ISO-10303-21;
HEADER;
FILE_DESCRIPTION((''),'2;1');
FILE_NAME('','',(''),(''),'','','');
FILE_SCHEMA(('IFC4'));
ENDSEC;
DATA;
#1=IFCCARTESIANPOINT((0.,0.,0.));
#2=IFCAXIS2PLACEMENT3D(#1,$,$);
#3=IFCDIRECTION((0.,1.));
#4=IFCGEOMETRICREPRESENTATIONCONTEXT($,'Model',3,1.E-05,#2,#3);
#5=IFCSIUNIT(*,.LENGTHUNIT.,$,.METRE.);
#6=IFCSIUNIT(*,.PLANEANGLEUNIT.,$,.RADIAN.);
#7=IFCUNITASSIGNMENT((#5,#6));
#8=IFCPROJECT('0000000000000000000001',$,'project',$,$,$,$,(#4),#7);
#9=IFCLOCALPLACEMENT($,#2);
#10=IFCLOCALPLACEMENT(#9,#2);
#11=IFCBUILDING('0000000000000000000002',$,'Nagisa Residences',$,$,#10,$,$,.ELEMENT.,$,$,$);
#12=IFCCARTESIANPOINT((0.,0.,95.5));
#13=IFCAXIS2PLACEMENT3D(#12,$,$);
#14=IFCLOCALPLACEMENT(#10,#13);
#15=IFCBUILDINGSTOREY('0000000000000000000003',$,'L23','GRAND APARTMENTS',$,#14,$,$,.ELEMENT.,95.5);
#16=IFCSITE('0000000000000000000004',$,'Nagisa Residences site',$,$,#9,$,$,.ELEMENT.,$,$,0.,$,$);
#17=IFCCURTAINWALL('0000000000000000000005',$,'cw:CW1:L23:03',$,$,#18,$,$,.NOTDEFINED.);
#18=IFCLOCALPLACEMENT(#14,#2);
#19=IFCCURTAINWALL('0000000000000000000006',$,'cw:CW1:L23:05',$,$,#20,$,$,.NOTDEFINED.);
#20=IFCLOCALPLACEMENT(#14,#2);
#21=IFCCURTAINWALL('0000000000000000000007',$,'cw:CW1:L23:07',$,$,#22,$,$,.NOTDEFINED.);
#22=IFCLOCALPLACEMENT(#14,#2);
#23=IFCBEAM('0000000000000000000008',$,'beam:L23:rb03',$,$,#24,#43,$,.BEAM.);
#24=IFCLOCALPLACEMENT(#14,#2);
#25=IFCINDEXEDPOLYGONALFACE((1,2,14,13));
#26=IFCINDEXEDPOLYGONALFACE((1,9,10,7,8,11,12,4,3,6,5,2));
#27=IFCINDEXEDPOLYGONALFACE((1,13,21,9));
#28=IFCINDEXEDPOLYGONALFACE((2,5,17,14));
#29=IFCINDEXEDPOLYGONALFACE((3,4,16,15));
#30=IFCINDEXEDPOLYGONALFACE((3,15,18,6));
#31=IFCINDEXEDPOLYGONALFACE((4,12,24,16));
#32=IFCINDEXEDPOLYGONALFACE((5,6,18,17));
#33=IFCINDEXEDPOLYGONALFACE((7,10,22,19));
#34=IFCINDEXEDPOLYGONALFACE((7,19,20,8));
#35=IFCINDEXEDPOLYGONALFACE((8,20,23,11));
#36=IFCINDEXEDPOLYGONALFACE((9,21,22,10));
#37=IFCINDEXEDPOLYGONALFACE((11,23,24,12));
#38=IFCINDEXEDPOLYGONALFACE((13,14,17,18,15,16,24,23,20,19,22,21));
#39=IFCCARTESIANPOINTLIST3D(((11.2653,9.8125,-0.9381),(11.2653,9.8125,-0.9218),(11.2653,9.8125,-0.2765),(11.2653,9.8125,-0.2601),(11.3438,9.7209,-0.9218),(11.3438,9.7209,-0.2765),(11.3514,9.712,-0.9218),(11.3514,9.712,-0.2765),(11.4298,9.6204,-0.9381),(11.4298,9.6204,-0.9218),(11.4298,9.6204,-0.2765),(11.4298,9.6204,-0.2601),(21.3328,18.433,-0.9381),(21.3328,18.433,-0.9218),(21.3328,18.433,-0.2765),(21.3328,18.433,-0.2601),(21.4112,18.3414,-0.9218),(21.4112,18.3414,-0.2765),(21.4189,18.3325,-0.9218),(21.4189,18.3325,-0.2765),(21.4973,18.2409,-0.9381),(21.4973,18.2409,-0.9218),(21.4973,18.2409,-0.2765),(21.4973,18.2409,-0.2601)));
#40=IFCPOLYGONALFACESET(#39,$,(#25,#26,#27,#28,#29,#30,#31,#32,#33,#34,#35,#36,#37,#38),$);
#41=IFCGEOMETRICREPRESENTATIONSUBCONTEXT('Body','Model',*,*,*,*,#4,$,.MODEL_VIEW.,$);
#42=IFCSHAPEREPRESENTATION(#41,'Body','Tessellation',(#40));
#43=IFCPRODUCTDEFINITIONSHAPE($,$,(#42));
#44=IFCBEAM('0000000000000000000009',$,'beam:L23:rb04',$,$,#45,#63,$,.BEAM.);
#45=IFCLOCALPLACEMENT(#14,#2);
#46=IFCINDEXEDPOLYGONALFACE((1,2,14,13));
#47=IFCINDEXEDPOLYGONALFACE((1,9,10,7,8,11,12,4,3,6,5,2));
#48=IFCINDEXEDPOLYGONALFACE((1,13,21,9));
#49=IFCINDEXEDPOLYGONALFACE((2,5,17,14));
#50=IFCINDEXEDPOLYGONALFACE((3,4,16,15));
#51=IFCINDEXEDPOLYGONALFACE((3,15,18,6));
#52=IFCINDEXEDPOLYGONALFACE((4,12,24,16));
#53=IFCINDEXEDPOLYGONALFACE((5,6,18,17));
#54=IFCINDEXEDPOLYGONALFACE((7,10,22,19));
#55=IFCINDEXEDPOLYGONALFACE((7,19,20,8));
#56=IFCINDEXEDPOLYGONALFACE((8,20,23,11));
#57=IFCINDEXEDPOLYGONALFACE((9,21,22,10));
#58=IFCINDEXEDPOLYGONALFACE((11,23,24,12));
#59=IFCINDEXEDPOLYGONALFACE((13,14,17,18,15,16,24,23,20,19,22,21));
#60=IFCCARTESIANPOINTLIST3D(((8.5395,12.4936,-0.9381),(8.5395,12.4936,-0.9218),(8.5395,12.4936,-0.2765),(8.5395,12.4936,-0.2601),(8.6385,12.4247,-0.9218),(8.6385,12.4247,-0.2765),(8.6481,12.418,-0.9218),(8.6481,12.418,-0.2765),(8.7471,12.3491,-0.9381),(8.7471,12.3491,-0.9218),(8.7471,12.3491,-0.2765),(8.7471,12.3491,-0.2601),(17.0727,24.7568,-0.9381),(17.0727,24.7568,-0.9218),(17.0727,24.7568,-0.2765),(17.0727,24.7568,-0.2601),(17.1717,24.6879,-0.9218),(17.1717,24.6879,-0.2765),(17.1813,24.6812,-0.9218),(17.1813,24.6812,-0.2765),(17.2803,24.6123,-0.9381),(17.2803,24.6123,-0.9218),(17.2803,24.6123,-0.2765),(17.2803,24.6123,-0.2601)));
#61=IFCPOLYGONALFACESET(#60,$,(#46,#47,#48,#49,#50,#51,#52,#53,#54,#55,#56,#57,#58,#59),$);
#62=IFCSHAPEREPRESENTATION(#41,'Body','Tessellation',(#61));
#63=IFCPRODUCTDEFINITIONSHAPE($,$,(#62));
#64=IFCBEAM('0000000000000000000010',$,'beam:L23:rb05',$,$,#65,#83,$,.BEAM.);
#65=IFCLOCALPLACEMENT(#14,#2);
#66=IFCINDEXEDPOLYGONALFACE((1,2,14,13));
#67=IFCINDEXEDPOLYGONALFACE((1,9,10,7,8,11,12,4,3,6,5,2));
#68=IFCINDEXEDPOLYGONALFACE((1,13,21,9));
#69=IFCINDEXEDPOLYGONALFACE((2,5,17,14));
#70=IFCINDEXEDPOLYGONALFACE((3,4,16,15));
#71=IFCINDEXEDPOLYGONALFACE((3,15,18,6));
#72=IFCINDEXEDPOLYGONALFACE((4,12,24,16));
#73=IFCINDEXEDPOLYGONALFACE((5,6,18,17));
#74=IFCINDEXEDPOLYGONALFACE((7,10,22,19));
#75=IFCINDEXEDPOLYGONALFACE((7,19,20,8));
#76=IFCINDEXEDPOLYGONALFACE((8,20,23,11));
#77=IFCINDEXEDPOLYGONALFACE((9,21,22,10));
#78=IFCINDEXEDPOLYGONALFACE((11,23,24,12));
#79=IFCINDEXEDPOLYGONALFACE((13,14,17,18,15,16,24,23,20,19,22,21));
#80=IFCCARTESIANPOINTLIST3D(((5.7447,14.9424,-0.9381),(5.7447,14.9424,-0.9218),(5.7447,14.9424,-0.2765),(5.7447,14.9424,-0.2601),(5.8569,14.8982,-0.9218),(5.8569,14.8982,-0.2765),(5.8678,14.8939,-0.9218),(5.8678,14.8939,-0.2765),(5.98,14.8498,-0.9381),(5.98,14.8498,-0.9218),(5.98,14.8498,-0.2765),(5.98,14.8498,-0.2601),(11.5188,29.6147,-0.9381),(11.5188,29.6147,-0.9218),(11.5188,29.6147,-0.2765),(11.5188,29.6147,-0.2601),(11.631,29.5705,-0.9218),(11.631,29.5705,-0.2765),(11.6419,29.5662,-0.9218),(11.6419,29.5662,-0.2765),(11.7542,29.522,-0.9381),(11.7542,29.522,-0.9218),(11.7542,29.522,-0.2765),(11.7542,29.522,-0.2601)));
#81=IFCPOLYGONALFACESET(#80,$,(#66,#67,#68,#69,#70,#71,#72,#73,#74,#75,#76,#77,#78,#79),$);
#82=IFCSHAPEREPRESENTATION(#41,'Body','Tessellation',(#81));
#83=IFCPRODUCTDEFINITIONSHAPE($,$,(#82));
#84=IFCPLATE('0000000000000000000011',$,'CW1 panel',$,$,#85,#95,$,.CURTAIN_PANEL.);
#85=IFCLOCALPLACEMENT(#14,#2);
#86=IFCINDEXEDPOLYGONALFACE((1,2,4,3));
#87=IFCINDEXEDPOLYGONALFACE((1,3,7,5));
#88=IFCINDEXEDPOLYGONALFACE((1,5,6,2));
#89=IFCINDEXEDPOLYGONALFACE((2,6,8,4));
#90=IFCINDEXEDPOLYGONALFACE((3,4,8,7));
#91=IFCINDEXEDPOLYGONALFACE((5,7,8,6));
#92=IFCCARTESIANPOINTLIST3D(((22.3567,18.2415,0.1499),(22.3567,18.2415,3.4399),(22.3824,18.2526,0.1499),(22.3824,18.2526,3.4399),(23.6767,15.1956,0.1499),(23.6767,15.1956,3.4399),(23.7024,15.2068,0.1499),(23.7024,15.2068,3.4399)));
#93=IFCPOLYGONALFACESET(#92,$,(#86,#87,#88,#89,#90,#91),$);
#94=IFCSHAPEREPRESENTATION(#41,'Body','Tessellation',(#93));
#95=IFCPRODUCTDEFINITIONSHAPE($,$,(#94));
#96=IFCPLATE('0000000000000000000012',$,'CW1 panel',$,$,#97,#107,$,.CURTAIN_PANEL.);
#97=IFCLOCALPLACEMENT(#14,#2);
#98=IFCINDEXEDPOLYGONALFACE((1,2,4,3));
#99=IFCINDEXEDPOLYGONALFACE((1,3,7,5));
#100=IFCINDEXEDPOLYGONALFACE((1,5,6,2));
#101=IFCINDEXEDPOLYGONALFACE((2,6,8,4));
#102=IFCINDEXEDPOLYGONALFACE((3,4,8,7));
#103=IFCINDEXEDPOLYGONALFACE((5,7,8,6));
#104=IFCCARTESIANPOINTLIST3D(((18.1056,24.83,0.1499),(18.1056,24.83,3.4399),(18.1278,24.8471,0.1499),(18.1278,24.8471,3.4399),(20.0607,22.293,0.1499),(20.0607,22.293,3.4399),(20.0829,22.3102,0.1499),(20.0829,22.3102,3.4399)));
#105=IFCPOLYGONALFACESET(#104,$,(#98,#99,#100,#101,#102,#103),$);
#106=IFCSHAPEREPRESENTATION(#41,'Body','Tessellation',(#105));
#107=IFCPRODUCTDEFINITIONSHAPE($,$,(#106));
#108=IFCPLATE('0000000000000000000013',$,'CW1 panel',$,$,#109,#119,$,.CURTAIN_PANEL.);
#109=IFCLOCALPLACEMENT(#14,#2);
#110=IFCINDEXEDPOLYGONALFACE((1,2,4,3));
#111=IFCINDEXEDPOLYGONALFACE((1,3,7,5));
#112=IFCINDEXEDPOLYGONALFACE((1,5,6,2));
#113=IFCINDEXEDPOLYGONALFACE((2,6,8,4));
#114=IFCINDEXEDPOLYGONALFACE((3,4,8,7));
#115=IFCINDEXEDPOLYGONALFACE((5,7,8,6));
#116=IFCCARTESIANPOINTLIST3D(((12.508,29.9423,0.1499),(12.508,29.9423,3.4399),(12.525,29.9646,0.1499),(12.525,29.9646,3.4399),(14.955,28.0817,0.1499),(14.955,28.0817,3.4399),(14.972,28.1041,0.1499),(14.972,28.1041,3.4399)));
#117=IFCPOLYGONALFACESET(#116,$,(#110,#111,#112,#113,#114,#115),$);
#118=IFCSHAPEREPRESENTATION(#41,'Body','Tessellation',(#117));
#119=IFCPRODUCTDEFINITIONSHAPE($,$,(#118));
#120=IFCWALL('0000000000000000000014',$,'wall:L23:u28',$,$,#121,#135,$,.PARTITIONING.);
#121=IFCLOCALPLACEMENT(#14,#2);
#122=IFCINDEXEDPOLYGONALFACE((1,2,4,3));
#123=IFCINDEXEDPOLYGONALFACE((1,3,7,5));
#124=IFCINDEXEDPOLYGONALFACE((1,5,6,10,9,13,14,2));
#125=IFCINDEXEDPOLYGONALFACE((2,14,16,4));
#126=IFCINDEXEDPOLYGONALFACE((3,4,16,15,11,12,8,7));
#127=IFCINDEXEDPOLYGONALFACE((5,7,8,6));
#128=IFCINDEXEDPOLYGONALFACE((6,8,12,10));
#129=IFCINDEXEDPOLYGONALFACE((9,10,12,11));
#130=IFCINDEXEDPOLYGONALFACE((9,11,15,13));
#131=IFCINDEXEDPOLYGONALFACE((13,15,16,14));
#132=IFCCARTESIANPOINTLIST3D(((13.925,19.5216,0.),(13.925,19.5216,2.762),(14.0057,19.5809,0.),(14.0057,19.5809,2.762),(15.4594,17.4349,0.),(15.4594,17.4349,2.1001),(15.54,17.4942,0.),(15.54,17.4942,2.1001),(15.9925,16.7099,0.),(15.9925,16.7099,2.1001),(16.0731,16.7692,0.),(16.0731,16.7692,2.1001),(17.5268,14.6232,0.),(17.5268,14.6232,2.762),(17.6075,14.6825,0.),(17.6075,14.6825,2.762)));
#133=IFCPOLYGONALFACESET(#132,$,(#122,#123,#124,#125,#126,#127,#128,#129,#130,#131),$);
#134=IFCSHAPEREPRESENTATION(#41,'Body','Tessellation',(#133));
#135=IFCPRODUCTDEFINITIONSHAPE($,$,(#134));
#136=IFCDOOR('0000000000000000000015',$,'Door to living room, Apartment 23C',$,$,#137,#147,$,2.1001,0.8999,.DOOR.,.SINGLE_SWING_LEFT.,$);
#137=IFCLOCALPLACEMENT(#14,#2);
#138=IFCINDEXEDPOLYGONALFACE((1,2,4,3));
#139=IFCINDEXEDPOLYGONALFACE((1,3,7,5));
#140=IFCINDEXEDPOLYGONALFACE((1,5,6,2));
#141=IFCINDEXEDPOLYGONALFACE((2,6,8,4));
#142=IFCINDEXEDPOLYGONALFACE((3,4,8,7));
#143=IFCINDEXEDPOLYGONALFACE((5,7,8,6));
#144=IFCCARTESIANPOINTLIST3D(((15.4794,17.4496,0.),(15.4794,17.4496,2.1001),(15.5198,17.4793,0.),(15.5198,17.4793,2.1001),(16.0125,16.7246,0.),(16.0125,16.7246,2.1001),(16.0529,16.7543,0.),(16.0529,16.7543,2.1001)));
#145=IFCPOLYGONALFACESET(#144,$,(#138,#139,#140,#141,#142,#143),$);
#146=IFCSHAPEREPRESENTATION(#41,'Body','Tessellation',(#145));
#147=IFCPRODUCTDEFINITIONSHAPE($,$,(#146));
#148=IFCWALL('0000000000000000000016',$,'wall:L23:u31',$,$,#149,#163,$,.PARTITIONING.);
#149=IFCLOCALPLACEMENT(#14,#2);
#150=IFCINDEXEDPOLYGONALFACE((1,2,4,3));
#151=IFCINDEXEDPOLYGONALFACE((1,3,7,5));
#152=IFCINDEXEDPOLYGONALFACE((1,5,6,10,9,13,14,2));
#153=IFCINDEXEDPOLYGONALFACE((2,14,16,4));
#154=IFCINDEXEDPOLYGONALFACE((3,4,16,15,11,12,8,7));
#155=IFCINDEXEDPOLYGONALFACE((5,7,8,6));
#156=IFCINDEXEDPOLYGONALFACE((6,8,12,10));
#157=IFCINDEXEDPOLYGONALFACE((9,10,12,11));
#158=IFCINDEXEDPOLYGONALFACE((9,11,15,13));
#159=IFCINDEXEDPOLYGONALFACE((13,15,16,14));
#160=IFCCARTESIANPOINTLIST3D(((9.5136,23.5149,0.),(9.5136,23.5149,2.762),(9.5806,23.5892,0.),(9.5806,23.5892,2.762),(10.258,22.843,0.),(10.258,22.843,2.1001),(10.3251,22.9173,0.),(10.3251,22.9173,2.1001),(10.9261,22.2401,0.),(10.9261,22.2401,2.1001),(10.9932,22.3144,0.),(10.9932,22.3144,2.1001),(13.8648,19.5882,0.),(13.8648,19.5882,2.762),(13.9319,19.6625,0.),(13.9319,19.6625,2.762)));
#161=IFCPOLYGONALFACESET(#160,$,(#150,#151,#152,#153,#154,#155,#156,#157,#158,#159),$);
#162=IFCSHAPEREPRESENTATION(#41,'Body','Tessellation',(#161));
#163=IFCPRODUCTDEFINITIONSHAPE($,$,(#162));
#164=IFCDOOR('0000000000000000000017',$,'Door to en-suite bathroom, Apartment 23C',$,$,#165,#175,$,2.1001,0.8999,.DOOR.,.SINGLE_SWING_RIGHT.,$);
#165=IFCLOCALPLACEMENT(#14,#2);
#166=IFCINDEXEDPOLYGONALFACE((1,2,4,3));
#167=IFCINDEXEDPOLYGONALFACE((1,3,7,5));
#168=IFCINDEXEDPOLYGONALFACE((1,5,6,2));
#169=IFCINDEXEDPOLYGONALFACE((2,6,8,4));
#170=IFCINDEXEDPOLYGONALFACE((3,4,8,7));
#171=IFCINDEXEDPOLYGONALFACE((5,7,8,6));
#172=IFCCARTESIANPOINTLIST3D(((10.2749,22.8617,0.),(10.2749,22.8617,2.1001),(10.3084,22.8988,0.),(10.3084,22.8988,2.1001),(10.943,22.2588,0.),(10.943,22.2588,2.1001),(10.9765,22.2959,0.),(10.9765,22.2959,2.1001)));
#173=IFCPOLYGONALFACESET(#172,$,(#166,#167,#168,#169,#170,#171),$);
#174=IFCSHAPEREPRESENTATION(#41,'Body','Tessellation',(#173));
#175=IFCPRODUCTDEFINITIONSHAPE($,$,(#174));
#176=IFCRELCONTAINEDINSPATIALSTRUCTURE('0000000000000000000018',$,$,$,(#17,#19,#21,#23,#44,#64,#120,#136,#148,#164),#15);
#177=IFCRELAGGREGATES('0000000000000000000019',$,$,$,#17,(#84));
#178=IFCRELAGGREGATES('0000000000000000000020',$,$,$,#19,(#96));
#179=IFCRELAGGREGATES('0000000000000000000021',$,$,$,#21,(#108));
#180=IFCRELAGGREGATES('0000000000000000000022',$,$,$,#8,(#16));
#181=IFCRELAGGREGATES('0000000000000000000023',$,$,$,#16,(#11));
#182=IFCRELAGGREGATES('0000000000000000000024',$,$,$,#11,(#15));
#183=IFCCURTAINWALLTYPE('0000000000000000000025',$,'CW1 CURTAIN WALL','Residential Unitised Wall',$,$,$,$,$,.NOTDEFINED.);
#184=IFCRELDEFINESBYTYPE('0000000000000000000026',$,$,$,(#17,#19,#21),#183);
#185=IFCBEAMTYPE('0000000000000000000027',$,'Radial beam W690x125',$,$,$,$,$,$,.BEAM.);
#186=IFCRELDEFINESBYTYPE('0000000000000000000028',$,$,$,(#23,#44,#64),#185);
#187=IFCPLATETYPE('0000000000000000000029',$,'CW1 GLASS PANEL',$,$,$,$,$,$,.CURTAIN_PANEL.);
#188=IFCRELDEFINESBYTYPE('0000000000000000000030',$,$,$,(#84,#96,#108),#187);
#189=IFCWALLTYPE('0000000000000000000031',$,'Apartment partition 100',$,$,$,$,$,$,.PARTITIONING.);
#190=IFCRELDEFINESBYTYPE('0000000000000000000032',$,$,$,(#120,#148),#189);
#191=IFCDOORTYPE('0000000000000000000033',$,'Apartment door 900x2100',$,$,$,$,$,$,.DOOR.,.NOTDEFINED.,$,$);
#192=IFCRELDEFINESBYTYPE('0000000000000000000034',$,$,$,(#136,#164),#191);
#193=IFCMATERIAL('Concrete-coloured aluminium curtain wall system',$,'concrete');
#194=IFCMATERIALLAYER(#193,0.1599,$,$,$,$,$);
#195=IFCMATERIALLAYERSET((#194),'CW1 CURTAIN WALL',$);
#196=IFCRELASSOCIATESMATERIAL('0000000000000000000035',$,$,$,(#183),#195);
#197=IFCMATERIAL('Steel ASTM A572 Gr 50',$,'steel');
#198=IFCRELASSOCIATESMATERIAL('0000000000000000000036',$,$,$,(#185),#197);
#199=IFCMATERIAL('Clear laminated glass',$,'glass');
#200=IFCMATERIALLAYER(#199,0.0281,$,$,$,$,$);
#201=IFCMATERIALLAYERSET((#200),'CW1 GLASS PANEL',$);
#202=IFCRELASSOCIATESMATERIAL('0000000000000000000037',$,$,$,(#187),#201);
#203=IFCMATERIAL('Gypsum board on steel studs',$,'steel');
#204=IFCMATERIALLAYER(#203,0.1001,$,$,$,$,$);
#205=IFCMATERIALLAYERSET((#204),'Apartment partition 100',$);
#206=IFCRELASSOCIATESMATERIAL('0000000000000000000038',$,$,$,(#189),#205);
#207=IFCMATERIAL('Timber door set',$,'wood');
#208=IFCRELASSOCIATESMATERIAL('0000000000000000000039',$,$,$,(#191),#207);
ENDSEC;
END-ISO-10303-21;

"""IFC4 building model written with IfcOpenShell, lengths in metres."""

from ifc_helpers import new_model, si_unit, direction, frame, frame_2d, origin, origin_2d, place, context, subcontext, project, spatial, rectangle, i_section, extrude, material, layer, layer_set, material_profile, profile_set, type_object, element, fill, aggregate, save


model = new_model("IFC4")

# Units and contexts
model_context = context("Model", 3, precision=1e-05, world=origin(), true_north=direction((0.0, 1.0)))
body_context = subcontext(model_context, "Body", "Model", "MODEL_VIEW")
ifc_project = project(units=[si_unit("LENGTHUNIT", "METRE"), si_unit("PLANEANGLEUNIT", "RADIAN")], contexts=[model_context])

# Site, building, storey
site_placement = place(None, origin())
site = spatial("IfcSite", under=ifc_project, at=site_placement, Name="Nagisa Residences site", CompositionType="ELEMENT", RefElevation=0.0)
building_placement = place(site_placement, origin())
building = spatial("IfcBuilding", under=site, at=building_placement, Name="Nagisa Residences", CompositionType="ELEMENT")
storey_placement = place(building_placement, frame((0.0, 0.0, 95.5)))
storey = spatial("IfcBuildingStorey", under=building, at=storey_placement, Name="L23", Description="GRAND APARTMENTS", CompositionType="ELEMENT", Elevation=95.5)

# Curtain walls
ifc_material_1 = material(Name="Concrete-coloured aluminium curtain wall system", Category="concrete")
ifc_layer_1 = layer(ifc_material_1, 0.1599)
ifc_layer_set_1 = layer_set([ifc_layer_1], Name="CW1 CURTAIN WALL")
curtain_wall_type = type_object("IfcCurtainWallType", Name="CW1 CURTAIN WALL", Description="Residential Unitised Wall", PredefinedType="NOTDEFINED", material=ifc_layer_set_1)
curtain_wall_1_placement = place(storey_placement, origin())
curtain_wall_1 = element("IfcCurtainWall", 1, at=curtain_wall_1_placement, inside=storey, type_object=curtain_wall_type, Name="cw:CW1:L23:03", PredefinedType="NOTDEFINED")
curtain_wall_2_placement = place(storey_placement, origin())
curtain_wall_2 = element("IfcCurtainWall", 2, at=curtain_wall_2_placement, inside=storey, type_object=curtain_wall_type, Name="cw:CW1:L23:05", PredefinedType="NOTDEFINED")
curtain_wall_3_placement = place(storey_placement, origin())
curtain_wall_3 = element("IfcCurtainWall", 3, at=curtain_wall_3_placement, inside=storey, type_object=curtain_wall_type, Name="cw:CW1:L23:07", PredefinedType="NOTDEFINED")

# Beams
ifc_material_2 = material(Name="Steel ASTM A572 Gr 50", Category="steel")
ifc_material_profile_1 = material_profile(ifc_material_2, i_section(OverallWidth=0.2529, OverallDepth=0.678, WebThickness=0.0117, FlangeThickness=0.0164, at=origin_2d()), Name="W690x125")
ifc_profile_set_1 = profile_set([ifc_material_profile_1], Name="Steel ASTM A572 Gr 50")
beam_type_1 = type_object("IfcBeamType", Name="Radial beam W690x125", PredefinedType="BEAM", material=ifc_profile_set_1)
beam_1_placement = place(storey_placement, frame((21.415, 18.3369, -0.5991), z_axis=(-0.759585, -0.650407, 0.0), x_axis=(0.650407, -0.759585, 0.0)))
element("IfcBeam", 4, at=beam_1_placement, inside=storey, type_object=beam_type_1, Name="beam:L23:rb03", PredefinedType="BEAM", context=body_context, shape_type="SweptSolid", body=[
    extrude(i_section(OverallWidth=0.2529, OverallDepth=0.678, WebThickness=0.0117, FlangeThickness=0.0164, at=origin_2d()), origin(), (0.0, 0.0, 1.0), 13.2539),
])
beam_2_placement = place(storey_placement, frame((17.1765, 24.6846, -0.5991), z_axis=(-0.571168, -0.820833, 0.0), x_axis=(0.820833, -0.571168, 0.0)))
element("IfcBeam", 5, at=beam_2_placement, inside=storey, type_object=beam_type_1, Name="beam:L23:rb04", PredefinedType="BEAM", context=body_context, shape_type="SweptSolid", body=[
    extrude(i_section(OverallWidth=0.2529, OverallDepth=0.678, WebThickness=0.0117, FlangeThickness=0.0164, at=origin_2d()), origin(), (0.0, 0.0, 1.0), 14.9399),
])
beam_3_placement = place(storey_placement, frame((11.6365, 29.5684, -0.5991), z_axis=(-0.366203, -0.930535, 0.0), x_axis=(0.930535, -0.366203, 0.0)))
element("IfcBeam", 6, at=beam_3_placement, inside=storey, type_object=beam_type_1, Name="beam:L23:rb05", PredefinedType="BEAM", context=body_context, shape_type="SweptSolid", body=[
    extrude(i_section(OverallWidth=0.2529, OverallDepth=0.678, WebThickness=0.0117, FlangeThickness=0.0164, at=origin_2d()), origin(), (0.0, 0.0, 1.0), 15.7676),
])

# Plates
ifc_material_3 = material(Name="Clear laminated glass", Category="glass")
ifc_layer_2 = layer(ifc_material_3, 0.0281)
ifc_layer_set_2 = layer_set([ifc_layer_2], Name="CW1 GLASS PANEL")
plate_type = type_object("IfcPlateType", Name="CW1 GLASS PANEL", PredefinedType="CURTAIN_PANEL", material=ifc_layer_set_2)
plate_1_placement = place(storey_placement, frame((23.0295, 16.7241, 0.1499), z_axis=(0.0, 0.0, 1.0), x_axis=(-0.397636, 0.917543, 0.0)))
plate_1 = element("IfcPlate", 7, at=plate_1_placement, type_object=plate_type, Name="CW1 panel", PredefinedType="CURTAIN_PANEL", context=body_context, shape_type="SweptSolid", body=[
    extrude(rectangle(XDim=3.3196, YDim=0.0281, at=origin_2d()), origin(), (0.0, 0.0, 1.0), 3.29),
])
aggregate(curtain_wall_1, [plate_1])
plate_2_placement = place(storey_placement, frame((19.0942, 23.5701, 0.1499), z_axis=(0.0, 0.0, 1.0), x_axis=(-0.61043, 0.79207, 0.0)))
plate_2 = element("IfcPlate", 8, at=plate_2_placement, type_object=plate_type, Name="CW1 panel", PredefinedType="CURTAIN_PANEL", context=body_context, shape_type="SweptSolid", body=[
    extrude(rectangle(XDim=3.2029, YDim=0.0281, at=origin_2d()), origin(), (0.0, 0.0, 1.0), 3.29),
])
aggregate(curtain_wall_2, [plate_2])
plate_3_placement = place(storey_placement, frame((13.74, 29.0232, 0.1499), z_axis=(0.0, 0.0, 1.0), x_axis=(-0.796031, 0.605255, 0.0)))
plate_3 = element("IfcPlate", 9, at=plate_3_placement, type_object=plate_type, Name="CW1 panel", PredefinedType="CURTAIN_PANEL", context=body_context, shape_type="SweptSolid", body=[
    extrude(rectangle(XDim=3.074, YDim=0.0281, at=origin_2d()), origin(), (0.0, 0.0, 1.0), 3.29),
])
aggregate(curtain_wall_3, [plate_3])

# Walls, openings, doors
ifc_material_4 = material(Name="Gypsum board on steel studs", Category="steel")
ifc_layer_3 = layer(ifc_material_4, 0.1001)
ifc_layer_set_3 = layer_set([ifc_layer_3], Name="Apartment partition 100")
wall_type_1 = type_object("IfcWallType", Name="Apartment partition 100", PredefinedType="PARTITIONING", material=ifc_layer_set_3)
wall_1_placement = place(storey_placement, frame((17.5671, 14.6528, 0.0), z_axis=(0.0, 0.0, 1.0), x_axis=(-0.592392, 0.80565, 0.0)))
wall_1 = element("IfcWall", 10, at=wall_1_placement, inside=storey, type_object=wall_type_1, Name="wall:L23:u28", PredefinedType="PARTITIONING", context=body_context, shape_type="SweptSolid", body=[
    extrude(rectangle(XDim=6.0801, YDim=0.1001, at=frame_2d((3.04, 0.0))), origin(), (0.0, 0.0, 1.0), 2.762),
])
opening_1_placement = place(wall_1_placement, frame((2.5901, 0.0, 0.0)))
opening_1 = element("IfcOpeningElement", 11, at=opening_1_placement, cuts=wall_1, PredefinedType="OPENING", context=body_context, shape_type="SweptSolid", body=[
    extrude(rectangle(XDim=0.8999, YDim=2.1001, at=frame_2d((0.45, 1.05))), frame((0.0, 0.0601, 0.0), z_axis=(0.0, -1.0, 0.0), x_axis=(1.0, 0.0, 0.0)), (0.0, 0.0, 1.0), 0.1201),
])
ifc_material_5 = material(Name="Timber door set", Category="wood")
door_type_1 = type_object("IfcDoorType", Name="Apartment door 900x2100", OperationType="NOTDEFINED", PredefinedType="DOOR", material=ifc_material_5)
door_1_placement = place(opening_1_placement, frame((0.8999, 0.0, 0.0), x_axis=(-1.0, 0.0, 0.0)))
door_1 = element("IfcDoor", 12, at=door_1_placement, inside=storey, type_object=door_type_1, Name="Door to living room, Apartment 23C", OperationType="SINGLE_SWING_LEFT", OverallHeight=2.1001, OverallWidth=0.8999, PredefinedType="DOOR", context=body_context, shape_type="SweptSolid", body=[
    extrude(rectangle(XDim=0.8999, YDim=2.1001, at=frame_2d((0.45, 1.05))), frame((0.0, 0.0249, 0.0), z_axis=(0.0, -1.0, 0.0), x_axis=(1.0, 0.0, 0.0)), (0.0, 0.0, 1.0), 0.05),
])
fill(opening_1, door_1)
wall_2_placement = place(storey_placement, frame((13.8984, 19.6252, 0.0), z_axis=(0.0, 0.0, 1.0), x_axis=(-0.742397, 0.669961, 0.0)))
wall_2 = element("IfcWall", 13, at=wall_2_placement, inside=storey, type_object=wall_type_1, Name="wall:L23:u31", PredefinedType="PARTITIONING", context=body_context, shape_type="SweptSolid", body=[
    extrude(rectangle(XDim=5.8611, YDim=0.1001, at=frame_2d((2.9307, 0.0))), origin(), (0.0, 0.0, 1.0), 2.762),
])
opening_2_placement = place(wall_2_placement, frame((3.9585, 0.0, 0.0)))
opening_2 = element("IfcOpeningElement", 14, at=opening_2_placement, cuts=wall_2, PredefinedType="OPENING", context=body_context, shape_type="SweptSolid", body=[
    extrude(rectangle(XDim=0.8999, YDim=2.1001, at=frame_2d((0.45, 1.05))), frame((0.0, 0.0601, 0.0), z_axis=(0.0, -1.0, 0.0), x_axis=(1.0, 0.0, 0.0)), (0.0, 0.0, 1.0), 0.1201),
])
door_2_placement = place(opening_2_placement, origin())
door_2 = element("IfcDoor", 15, at=door_2_placement, inside=storey, type_object=door_type_1, Name="Door to en-suite bathroom, Apartment 23C", OperationType="SINGLE_SWING_RIGHT", OverallHeight=2.1001, OverallWidth=0.8999, PredefinedType="DOOR", context=body_context, shape_type="SweptSolid", body=[
    extrude(rectangle(XDim=0.8999, YDim=2.1001, at=frame_2d((0.45, 1.05))), frame((0.0, 0.0249, 0.0), z_axis=(0.0, -1.0, 0.0), x_axis=(1.0, 0.0, 0.0)), (0.0, 0.0, 1.0), 0.05),
])
fill(opening_2, door_2)

save(model, "model.ifc")
